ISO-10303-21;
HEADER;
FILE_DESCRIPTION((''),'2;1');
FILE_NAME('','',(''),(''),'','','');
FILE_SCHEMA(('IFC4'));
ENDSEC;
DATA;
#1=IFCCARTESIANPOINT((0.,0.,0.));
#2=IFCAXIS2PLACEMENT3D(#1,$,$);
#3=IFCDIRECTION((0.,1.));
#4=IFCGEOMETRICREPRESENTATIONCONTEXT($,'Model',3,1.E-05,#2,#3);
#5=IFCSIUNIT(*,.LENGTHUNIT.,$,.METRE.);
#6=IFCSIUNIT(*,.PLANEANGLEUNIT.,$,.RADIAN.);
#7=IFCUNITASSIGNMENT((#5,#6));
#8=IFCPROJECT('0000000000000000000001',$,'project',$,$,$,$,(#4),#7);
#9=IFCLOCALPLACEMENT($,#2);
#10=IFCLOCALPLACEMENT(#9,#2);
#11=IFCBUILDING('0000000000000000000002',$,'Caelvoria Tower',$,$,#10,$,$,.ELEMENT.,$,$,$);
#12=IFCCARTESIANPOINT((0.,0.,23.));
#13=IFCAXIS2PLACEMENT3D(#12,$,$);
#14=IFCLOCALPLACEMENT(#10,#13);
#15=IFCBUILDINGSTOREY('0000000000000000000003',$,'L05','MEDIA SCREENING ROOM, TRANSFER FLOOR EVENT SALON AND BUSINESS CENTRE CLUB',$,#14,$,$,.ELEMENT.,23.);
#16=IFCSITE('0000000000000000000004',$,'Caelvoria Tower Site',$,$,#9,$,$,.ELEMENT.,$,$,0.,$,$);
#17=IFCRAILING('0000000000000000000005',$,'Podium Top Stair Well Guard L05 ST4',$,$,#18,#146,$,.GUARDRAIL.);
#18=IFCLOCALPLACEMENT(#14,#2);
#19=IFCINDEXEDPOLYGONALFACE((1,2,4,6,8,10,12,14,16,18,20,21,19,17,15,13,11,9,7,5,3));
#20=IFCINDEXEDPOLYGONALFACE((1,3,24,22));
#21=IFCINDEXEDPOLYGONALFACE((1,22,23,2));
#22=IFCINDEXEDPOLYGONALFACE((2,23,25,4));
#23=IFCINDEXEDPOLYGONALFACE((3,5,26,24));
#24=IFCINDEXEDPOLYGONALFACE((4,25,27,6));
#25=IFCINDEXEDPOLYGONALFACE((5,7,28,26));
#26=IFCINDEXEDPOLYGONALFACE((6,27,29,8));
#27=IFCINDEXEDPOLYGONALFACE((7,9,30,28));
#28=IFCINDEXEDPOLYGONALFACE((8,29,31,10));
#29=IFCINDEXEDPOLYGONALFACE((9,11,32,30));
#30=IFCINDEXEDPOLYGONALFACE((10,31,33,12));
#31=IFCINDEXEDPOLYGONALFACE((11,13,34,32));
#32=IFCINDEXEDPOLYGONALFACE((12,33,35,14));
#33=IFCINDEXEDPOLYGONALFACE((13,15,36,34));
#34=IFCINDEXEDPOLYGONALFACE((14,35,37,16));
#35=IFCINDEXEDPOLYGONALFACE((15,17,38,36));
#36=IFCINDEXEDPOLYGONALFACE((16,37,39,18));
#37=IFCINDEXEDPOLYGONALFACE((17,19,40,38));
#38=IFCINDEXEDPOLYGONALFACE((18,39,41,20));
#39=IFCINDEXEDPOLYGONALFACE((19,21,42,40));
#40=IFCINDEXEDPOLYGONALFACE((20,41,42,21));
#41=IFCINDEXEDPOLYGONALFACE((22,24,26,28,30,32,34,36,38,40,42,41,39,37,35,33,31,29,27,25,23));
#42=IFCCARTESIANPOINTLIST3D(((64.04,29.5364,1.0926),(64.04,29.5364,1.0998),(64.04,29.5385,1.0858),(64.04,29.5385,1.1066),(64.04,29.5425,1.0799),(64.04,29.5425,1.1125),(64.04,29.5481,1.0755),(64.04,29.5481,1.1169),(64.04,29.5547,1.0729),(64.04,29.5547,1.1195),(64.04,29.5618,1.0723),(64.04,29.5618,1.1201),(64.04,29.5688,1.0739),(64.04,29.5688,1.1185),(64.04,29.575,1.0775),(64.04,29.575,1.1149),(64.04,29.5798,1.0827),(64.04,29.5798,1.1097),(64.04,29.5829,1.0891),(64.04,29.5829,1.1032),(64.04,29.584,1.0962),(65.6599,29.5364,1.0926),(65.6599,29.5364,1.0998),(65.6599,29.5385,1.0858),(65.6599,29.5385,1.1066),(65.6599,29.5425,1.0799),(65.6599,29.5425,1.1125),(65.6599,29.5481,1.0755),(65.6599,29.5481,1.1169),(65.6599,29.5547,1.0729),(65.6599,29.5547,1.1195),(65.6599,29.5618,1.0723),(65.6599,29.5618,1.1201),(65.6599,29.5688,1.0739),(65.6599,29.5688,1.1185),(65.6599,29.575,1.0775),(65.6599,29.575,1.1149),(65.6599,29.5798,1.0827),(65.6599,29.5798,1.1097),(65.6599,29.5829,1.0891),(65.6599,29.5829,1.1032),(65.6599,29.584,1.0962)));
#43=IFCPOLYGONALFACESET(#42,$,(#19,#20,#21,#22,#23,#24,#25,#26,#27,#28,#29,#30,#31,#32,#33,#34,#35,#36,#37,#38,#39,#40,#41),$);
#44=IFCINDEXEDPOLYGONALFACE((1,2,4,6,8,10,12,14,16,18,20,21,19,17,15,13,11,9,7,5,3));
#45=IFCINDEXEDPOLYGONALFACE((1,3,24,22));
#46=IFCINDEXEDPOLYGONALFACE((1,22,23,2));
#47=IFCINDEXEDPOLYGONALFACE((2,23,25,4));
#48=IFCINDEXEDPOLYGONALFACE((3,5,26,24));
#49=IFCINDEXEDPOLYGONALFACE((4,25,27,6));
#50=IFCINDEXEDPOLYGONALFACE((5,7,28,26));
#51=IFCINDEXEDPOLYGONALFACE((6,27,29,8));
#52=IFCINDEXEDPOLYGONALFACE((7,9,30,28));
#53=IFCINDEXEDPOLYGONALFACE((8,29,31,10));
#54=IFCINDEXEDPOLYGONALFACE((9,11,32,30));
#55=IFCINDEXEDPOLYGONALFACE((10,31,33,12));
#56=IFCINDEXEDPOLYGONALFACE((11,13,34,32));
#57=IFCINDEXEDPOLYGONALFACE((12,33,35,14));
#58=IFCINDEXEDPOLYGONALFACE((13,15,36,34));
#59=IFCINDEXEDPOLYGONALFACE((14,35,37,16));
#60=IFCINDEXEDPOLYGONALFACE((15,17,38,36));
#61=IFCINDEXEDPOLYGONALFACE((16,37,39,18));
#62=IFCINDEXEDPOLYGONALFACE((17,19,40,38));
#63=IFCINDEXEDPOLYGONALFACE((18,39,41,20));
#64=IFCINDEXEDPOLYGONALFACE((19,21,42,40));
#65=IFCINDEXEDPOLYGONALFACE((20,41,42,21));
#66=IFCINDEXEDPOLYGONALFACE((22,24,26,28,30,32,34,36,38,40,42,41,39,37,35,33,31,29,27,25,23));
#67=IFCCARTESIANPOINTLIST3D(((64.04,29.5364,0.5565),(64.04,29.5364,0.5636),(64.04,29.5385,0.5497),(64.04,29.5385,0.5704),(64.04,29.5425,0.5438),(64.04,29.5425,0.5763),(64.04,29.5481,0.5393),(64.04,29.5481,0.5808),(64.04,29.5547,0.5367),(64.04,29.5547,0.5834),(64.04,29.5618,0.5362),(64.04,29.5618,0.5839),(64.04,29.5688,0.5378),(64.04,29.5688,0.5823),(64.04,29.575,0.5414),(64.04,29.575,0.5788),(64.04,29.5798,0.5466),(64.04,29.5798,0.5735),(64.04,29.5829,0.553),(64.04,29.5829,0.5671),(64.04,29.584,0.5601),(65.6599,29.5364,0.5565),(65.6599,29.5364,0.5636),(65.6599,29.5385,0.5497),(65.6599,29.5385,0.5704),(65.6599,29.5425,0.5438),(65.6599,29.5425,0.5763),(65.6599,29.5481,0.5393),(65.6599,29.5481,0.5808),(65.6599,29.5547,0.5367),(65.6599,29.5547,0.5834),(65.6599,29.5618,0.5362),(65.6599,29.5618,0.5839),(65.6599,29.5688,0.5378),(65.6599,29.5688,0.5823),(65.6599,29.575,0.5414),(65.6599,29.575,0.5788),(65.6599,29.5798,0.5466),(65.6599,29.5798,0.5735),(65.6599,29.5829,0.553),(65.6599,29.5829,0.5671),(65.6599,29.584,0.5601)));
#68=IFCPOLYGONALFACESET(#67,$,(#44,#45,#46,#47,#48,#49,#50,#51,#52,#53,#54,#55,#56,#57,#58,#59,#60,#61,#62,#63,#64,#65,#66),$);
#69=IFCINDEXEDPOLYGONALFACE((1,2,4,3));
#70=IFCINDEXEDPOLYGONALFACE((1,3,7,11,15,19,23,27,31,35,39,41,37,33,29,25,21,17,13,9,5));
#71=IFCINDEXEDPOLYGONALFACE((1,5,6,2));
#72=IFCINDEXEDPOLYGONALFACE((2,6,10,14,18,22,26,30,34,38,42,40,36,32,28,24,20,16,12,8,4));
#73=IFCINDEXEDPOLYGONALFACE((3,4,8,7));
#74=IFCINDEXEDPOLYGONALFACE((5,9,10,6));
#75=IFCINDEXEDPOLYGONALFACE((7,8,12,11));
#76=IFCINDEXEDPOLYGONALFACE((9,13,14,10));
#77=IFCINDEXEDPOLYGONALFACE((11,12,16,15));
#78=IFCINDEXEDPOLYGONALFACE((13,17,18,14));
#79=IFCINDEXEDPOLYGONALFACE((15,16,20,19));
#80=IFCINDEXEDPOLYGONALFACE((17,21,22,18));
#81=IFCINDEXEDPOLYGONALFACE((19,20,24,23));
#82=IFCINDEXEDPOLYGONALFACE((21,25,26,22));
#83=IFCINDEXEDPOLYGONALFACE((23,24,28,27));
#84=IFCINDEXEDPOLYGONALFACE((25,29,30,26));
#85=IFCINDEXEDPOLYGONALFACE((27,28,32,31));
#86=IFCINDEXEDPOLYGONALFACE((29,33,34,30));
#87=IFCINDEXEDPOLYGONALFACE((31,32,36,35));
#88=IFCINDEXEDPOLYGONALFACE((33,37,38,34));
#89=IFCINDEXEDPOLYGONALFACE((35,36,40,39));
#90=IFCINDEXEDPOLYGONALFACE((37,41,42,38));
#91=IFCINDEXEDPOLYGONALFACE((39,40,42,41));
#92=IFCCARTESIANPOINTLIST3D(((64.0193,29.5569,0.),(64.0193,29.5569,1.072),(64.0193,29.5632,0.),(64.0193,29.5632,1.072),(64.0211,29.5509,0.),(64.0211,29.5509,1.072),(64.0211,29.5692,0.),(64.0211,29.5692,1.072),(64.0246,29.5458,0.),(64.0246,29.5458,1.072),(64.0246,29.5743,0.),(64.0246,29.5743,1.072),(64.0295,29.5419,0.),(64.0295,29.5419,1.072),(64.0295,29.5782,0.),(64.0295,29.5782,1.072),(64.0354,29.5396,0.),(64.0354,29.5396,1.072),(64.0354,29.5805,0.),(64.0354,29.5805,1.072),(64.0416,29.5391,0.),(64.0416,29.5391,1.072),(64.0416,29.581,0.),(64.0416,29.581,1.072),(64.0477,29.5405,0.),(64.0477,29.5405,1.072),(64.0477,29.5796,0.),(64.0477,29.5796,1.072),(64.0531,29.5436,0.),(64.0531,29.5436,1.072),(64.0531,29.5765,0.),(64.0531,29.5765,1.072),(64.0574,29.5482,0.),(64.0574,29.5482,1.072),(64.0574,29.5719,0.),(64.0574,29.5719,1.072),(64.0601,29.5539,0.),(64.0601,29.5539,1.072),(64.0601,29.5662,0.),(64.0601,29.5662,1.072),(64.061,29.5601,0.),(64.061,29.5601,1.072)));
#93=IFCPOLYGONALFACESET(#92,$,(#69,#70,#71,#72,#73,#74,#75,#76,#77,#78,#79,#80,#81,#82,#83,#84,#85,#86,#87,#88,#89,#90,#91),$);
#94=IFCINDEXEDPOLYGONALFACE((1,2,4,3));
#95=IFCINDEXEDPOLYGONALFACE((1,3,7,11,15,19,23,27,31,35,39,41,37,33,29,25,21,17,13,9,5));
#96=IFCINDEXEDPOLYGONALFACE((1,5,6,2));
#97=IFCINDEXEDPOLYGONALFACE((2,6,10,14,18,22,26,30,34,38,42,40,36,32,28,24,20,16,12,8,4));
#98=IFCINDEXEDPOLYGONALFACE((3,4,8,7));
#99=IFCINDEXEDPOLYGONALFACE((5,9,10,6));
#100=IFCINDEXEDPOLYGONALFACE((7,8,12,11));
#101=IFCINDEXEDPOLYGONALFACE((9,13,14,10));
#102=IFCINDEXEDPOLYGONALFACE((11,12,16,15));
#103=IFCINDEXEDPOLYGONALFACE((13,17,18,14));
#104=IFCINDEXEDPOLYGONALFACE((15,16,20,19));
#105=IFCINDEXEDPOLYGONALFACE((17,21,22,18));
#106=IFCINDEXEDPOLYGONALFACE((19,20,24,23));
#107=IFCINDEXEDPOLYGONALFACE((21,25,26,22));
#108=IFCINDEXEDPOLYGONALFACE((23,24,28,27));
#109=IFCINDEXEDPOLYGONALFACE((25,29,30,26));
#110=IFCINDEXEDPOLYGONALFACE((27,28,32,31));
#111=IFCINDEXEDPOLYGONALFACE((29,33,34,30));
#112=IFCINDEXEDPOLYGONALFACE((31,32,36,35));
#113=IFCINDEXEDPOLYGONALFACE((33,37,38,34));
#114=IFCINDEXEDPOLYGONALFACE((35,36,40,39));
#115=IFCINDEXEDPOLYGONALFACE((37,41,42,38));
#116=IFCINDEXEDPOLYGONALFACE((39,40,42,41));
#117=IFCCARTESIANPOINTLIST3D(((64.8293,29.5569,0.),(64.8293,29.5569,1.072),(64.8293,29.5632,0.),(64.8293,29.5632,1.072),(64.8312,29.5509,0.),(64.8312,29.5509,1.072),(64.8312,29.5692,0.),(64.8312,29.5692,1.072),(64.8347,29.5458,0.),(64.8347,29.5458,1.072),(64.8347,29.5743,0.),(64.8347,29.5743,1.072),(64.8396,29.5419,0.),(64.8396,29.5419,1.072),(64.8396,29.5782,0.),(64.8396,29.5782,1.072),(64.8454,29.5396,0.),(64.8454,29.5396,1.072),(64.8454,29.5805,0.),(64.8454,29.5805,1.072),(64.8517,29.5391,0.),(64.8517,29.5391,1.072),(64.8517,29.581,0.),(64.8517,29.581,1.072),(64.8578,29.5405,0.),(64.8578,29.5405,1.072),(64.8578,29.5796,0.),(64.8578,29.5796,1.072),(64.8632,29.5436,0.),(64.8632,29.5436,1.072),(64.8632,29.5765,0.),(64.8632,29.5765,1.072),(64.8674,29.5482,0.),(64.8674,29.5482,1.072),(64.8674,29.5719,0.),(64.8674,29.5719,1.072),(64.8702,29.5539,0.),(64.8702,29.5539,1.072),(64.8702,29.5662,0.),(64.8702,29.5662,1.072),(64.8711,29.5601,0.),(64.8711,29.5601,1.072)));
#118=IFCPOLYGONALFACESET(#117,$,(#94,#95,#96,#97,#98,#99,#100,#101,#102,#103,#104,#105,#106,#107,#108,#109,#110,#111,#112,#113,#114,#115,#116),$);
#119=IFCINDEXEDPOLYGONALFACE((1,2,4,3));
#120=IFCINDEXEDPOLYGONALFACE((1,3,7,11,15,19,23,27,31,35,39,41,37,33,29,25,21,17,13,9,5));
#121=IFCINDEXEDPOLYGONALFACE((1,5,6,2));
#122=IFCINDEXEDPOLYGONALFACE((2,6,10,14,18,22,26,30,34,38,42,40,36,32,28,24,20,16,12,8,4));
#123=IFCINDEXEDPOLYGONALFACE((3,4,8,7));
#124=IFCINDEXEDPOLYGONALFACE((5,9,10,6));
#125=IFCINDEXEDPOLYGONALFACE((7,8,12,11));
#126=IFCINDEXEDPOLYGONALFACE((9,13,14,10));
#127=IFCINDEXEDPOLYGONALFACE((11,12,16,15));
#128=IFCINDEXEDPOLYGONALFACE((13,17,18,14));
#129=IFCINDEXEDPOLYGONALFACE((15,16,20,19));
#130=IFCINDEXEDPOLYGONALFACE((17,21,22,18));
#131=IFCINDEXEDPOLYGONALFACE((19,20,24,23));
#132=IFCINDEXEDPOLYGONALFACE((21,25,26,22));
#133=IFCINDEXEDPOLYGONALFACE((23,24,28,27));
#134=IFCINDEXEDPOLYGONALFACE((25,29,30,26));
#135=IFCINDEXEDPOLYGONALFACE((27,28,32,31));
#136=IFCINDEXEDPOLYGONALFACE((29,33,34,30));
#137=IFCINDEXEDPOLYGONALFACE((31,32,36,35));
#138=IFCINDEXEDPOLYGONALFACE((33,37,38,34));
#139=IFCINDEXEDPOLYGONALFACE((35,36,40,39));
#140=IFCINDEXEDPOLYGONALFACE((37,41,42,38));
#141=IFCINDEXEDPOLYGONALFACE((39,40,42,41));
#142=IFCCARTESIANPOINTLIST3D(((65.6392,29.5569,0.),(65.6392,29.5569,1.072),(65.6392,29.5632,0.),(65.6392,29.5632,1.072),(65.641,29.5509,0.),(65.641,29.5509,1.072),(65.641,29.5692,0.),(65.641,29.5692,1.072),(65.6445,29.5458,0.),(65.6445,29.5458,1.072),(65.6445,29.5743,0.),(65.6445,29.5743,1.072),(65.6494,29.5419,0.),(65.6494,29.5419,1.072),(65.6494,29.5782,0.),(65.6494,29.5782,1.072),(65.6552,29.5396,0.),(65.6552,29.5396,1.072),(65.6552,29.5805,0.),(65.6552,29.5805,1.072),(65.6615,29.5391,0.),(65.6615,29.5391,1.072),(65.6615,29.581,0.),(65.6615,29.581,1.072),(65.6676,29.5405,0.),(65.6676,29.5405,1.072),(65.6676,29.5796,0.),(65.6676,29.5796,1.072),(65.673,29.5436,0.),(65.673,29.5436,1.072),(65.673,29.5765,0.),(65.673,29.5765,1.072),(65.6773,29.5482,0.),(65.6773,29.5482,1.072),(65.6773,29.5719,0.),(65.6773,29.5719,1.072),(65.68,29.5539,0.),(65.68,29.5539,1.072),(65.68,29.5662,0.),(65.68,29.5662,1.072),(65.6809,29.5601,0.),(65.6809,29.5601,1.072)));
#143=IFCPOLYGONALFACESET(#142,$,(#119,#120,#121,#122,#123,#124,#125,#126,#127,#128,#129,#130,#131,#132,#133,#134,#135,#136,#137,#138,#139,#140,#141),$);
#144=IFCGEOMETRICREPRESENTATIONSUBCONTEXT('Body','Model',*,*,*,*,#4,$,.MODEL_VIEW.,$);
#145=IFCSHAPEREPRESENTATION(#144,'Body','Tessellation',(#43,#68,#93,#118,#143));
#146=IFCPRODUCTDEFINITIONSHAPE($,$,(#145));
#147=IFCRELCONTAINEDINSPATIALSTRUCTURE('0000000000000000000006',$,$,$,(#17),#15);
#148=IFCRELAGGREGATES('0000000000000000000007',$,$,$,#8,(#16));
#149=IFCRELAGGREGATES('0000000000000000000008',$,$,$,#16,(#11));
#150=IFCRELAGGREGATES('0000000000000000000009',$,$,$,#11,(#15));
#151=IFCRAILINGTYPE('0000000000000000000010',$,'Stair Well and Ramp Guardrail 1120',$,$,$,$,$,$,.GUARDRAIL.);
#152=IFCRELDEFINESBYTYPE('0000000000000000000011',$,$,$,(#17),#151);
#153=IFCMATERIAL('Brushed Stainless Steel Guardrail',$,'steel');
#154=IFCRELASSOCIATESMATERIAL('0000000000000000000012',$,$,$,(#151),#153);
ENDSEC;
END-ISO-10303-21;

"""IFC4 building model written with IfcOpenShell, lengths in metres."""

from ifc_helpers import new_model, si_unit, direction, frame, origin, origin_2d, place, context, subcontext, project, spatial, circle, extrude, material, type_object, element, save


model = new_model("IFC4")

# Units and contexts
model_context = context("Model", 3, precision=1e-05, world=origin(), true_north=direction((0.0, 1.0)))
body_context = subcontext(model_context, "Body", "Model", "MODEL_VIEW")
ifc_project = project(units=[si_unit("LENGTHUNIT", "METRE"), si_unit("PLANEANGLEUNIT", "RADIAN")], contexts=[model_context])

# Site, building, storey
site_placement = place(None, origin())
site = spatial("IfcSite", under=ifc_project, at=site_placement, Name="Caelvoria Tower Site", CompositionType="ELEMENT", RefElevation=0.0)
building_placement = place(site_placement, origin())
building = spatial("IfcBuilding", under=site, at=building_placement, Name="Caelvoria Tower", CompositionType="ELEMENT")
storey_placement = place(building_placement, frame((0.0, 0.0, 23.0)))
storey = spatial("IfcBuildingStorey", under=building, at=storey_placement, Name="L05", Description="MEDIA SCREENING ROOM, TRANSFER FLOOR EVENT SALON AND BUSINESS CENTRE CLUB", CompositionType="ELEMENT", Elevation=23.0)

# Railing
ifc_material_1 = material(Name="Brushed Stainless Steel Guardrail", Category="steel")
railing_type = type_object("IfcRailingType", Name="Stair Well and Ramp Guardrail 1120", PredefinedType="GUARDRAIL", material=ifc_material_1)
railing_placement = place(storey_placement, frame((64.04, 29.5601, 0.0)))
element("IfcRailing", 1, at=railing_placement, inside=storey, type_object=railing_type, Name="Podium Top Stair Well Guard L05 ST4", PredefinedType="GUARDRAIL", context=body_context, shape_type="SweptSolid", body=[
    extrude(circle(Radius=0.0239, at=origin_2d()), frame((0.0, 0.0, 1.0962), z_axis=(1.0, 0.0, 0.0), x_axis=(0.0, 1.0, 0.0)), (0.0, 0.0, 1.0), 1.6199),
    extrude(circle(Radius=0.0239, at=origin_2d()), frame((0.0, 0.0, 0.5601), z_axis=(1.0, 0.0, 0.0), x_axis=(0.0, 1.0, 0.0)), (0.0, 0.0, 1.0), 1.6199),
    extrude(circle(Radius=0.021, at=origin_2d()), origin(), (0.0, 0.0, 1.0), 1.072),
    extrude(circle(Radius=0.021, at=origin_2d()), frame((0.8101, 0.0, 0.0)), (0.0, 0.0, 1.0), 1.072),
    extrude(circle(Radius=0.021, at=origin_2d()), frame((1.6199, 0.0, 0.0)), (0.0, 0.0, 1.0), 1.072),
])

save(model, "model.ifc")
